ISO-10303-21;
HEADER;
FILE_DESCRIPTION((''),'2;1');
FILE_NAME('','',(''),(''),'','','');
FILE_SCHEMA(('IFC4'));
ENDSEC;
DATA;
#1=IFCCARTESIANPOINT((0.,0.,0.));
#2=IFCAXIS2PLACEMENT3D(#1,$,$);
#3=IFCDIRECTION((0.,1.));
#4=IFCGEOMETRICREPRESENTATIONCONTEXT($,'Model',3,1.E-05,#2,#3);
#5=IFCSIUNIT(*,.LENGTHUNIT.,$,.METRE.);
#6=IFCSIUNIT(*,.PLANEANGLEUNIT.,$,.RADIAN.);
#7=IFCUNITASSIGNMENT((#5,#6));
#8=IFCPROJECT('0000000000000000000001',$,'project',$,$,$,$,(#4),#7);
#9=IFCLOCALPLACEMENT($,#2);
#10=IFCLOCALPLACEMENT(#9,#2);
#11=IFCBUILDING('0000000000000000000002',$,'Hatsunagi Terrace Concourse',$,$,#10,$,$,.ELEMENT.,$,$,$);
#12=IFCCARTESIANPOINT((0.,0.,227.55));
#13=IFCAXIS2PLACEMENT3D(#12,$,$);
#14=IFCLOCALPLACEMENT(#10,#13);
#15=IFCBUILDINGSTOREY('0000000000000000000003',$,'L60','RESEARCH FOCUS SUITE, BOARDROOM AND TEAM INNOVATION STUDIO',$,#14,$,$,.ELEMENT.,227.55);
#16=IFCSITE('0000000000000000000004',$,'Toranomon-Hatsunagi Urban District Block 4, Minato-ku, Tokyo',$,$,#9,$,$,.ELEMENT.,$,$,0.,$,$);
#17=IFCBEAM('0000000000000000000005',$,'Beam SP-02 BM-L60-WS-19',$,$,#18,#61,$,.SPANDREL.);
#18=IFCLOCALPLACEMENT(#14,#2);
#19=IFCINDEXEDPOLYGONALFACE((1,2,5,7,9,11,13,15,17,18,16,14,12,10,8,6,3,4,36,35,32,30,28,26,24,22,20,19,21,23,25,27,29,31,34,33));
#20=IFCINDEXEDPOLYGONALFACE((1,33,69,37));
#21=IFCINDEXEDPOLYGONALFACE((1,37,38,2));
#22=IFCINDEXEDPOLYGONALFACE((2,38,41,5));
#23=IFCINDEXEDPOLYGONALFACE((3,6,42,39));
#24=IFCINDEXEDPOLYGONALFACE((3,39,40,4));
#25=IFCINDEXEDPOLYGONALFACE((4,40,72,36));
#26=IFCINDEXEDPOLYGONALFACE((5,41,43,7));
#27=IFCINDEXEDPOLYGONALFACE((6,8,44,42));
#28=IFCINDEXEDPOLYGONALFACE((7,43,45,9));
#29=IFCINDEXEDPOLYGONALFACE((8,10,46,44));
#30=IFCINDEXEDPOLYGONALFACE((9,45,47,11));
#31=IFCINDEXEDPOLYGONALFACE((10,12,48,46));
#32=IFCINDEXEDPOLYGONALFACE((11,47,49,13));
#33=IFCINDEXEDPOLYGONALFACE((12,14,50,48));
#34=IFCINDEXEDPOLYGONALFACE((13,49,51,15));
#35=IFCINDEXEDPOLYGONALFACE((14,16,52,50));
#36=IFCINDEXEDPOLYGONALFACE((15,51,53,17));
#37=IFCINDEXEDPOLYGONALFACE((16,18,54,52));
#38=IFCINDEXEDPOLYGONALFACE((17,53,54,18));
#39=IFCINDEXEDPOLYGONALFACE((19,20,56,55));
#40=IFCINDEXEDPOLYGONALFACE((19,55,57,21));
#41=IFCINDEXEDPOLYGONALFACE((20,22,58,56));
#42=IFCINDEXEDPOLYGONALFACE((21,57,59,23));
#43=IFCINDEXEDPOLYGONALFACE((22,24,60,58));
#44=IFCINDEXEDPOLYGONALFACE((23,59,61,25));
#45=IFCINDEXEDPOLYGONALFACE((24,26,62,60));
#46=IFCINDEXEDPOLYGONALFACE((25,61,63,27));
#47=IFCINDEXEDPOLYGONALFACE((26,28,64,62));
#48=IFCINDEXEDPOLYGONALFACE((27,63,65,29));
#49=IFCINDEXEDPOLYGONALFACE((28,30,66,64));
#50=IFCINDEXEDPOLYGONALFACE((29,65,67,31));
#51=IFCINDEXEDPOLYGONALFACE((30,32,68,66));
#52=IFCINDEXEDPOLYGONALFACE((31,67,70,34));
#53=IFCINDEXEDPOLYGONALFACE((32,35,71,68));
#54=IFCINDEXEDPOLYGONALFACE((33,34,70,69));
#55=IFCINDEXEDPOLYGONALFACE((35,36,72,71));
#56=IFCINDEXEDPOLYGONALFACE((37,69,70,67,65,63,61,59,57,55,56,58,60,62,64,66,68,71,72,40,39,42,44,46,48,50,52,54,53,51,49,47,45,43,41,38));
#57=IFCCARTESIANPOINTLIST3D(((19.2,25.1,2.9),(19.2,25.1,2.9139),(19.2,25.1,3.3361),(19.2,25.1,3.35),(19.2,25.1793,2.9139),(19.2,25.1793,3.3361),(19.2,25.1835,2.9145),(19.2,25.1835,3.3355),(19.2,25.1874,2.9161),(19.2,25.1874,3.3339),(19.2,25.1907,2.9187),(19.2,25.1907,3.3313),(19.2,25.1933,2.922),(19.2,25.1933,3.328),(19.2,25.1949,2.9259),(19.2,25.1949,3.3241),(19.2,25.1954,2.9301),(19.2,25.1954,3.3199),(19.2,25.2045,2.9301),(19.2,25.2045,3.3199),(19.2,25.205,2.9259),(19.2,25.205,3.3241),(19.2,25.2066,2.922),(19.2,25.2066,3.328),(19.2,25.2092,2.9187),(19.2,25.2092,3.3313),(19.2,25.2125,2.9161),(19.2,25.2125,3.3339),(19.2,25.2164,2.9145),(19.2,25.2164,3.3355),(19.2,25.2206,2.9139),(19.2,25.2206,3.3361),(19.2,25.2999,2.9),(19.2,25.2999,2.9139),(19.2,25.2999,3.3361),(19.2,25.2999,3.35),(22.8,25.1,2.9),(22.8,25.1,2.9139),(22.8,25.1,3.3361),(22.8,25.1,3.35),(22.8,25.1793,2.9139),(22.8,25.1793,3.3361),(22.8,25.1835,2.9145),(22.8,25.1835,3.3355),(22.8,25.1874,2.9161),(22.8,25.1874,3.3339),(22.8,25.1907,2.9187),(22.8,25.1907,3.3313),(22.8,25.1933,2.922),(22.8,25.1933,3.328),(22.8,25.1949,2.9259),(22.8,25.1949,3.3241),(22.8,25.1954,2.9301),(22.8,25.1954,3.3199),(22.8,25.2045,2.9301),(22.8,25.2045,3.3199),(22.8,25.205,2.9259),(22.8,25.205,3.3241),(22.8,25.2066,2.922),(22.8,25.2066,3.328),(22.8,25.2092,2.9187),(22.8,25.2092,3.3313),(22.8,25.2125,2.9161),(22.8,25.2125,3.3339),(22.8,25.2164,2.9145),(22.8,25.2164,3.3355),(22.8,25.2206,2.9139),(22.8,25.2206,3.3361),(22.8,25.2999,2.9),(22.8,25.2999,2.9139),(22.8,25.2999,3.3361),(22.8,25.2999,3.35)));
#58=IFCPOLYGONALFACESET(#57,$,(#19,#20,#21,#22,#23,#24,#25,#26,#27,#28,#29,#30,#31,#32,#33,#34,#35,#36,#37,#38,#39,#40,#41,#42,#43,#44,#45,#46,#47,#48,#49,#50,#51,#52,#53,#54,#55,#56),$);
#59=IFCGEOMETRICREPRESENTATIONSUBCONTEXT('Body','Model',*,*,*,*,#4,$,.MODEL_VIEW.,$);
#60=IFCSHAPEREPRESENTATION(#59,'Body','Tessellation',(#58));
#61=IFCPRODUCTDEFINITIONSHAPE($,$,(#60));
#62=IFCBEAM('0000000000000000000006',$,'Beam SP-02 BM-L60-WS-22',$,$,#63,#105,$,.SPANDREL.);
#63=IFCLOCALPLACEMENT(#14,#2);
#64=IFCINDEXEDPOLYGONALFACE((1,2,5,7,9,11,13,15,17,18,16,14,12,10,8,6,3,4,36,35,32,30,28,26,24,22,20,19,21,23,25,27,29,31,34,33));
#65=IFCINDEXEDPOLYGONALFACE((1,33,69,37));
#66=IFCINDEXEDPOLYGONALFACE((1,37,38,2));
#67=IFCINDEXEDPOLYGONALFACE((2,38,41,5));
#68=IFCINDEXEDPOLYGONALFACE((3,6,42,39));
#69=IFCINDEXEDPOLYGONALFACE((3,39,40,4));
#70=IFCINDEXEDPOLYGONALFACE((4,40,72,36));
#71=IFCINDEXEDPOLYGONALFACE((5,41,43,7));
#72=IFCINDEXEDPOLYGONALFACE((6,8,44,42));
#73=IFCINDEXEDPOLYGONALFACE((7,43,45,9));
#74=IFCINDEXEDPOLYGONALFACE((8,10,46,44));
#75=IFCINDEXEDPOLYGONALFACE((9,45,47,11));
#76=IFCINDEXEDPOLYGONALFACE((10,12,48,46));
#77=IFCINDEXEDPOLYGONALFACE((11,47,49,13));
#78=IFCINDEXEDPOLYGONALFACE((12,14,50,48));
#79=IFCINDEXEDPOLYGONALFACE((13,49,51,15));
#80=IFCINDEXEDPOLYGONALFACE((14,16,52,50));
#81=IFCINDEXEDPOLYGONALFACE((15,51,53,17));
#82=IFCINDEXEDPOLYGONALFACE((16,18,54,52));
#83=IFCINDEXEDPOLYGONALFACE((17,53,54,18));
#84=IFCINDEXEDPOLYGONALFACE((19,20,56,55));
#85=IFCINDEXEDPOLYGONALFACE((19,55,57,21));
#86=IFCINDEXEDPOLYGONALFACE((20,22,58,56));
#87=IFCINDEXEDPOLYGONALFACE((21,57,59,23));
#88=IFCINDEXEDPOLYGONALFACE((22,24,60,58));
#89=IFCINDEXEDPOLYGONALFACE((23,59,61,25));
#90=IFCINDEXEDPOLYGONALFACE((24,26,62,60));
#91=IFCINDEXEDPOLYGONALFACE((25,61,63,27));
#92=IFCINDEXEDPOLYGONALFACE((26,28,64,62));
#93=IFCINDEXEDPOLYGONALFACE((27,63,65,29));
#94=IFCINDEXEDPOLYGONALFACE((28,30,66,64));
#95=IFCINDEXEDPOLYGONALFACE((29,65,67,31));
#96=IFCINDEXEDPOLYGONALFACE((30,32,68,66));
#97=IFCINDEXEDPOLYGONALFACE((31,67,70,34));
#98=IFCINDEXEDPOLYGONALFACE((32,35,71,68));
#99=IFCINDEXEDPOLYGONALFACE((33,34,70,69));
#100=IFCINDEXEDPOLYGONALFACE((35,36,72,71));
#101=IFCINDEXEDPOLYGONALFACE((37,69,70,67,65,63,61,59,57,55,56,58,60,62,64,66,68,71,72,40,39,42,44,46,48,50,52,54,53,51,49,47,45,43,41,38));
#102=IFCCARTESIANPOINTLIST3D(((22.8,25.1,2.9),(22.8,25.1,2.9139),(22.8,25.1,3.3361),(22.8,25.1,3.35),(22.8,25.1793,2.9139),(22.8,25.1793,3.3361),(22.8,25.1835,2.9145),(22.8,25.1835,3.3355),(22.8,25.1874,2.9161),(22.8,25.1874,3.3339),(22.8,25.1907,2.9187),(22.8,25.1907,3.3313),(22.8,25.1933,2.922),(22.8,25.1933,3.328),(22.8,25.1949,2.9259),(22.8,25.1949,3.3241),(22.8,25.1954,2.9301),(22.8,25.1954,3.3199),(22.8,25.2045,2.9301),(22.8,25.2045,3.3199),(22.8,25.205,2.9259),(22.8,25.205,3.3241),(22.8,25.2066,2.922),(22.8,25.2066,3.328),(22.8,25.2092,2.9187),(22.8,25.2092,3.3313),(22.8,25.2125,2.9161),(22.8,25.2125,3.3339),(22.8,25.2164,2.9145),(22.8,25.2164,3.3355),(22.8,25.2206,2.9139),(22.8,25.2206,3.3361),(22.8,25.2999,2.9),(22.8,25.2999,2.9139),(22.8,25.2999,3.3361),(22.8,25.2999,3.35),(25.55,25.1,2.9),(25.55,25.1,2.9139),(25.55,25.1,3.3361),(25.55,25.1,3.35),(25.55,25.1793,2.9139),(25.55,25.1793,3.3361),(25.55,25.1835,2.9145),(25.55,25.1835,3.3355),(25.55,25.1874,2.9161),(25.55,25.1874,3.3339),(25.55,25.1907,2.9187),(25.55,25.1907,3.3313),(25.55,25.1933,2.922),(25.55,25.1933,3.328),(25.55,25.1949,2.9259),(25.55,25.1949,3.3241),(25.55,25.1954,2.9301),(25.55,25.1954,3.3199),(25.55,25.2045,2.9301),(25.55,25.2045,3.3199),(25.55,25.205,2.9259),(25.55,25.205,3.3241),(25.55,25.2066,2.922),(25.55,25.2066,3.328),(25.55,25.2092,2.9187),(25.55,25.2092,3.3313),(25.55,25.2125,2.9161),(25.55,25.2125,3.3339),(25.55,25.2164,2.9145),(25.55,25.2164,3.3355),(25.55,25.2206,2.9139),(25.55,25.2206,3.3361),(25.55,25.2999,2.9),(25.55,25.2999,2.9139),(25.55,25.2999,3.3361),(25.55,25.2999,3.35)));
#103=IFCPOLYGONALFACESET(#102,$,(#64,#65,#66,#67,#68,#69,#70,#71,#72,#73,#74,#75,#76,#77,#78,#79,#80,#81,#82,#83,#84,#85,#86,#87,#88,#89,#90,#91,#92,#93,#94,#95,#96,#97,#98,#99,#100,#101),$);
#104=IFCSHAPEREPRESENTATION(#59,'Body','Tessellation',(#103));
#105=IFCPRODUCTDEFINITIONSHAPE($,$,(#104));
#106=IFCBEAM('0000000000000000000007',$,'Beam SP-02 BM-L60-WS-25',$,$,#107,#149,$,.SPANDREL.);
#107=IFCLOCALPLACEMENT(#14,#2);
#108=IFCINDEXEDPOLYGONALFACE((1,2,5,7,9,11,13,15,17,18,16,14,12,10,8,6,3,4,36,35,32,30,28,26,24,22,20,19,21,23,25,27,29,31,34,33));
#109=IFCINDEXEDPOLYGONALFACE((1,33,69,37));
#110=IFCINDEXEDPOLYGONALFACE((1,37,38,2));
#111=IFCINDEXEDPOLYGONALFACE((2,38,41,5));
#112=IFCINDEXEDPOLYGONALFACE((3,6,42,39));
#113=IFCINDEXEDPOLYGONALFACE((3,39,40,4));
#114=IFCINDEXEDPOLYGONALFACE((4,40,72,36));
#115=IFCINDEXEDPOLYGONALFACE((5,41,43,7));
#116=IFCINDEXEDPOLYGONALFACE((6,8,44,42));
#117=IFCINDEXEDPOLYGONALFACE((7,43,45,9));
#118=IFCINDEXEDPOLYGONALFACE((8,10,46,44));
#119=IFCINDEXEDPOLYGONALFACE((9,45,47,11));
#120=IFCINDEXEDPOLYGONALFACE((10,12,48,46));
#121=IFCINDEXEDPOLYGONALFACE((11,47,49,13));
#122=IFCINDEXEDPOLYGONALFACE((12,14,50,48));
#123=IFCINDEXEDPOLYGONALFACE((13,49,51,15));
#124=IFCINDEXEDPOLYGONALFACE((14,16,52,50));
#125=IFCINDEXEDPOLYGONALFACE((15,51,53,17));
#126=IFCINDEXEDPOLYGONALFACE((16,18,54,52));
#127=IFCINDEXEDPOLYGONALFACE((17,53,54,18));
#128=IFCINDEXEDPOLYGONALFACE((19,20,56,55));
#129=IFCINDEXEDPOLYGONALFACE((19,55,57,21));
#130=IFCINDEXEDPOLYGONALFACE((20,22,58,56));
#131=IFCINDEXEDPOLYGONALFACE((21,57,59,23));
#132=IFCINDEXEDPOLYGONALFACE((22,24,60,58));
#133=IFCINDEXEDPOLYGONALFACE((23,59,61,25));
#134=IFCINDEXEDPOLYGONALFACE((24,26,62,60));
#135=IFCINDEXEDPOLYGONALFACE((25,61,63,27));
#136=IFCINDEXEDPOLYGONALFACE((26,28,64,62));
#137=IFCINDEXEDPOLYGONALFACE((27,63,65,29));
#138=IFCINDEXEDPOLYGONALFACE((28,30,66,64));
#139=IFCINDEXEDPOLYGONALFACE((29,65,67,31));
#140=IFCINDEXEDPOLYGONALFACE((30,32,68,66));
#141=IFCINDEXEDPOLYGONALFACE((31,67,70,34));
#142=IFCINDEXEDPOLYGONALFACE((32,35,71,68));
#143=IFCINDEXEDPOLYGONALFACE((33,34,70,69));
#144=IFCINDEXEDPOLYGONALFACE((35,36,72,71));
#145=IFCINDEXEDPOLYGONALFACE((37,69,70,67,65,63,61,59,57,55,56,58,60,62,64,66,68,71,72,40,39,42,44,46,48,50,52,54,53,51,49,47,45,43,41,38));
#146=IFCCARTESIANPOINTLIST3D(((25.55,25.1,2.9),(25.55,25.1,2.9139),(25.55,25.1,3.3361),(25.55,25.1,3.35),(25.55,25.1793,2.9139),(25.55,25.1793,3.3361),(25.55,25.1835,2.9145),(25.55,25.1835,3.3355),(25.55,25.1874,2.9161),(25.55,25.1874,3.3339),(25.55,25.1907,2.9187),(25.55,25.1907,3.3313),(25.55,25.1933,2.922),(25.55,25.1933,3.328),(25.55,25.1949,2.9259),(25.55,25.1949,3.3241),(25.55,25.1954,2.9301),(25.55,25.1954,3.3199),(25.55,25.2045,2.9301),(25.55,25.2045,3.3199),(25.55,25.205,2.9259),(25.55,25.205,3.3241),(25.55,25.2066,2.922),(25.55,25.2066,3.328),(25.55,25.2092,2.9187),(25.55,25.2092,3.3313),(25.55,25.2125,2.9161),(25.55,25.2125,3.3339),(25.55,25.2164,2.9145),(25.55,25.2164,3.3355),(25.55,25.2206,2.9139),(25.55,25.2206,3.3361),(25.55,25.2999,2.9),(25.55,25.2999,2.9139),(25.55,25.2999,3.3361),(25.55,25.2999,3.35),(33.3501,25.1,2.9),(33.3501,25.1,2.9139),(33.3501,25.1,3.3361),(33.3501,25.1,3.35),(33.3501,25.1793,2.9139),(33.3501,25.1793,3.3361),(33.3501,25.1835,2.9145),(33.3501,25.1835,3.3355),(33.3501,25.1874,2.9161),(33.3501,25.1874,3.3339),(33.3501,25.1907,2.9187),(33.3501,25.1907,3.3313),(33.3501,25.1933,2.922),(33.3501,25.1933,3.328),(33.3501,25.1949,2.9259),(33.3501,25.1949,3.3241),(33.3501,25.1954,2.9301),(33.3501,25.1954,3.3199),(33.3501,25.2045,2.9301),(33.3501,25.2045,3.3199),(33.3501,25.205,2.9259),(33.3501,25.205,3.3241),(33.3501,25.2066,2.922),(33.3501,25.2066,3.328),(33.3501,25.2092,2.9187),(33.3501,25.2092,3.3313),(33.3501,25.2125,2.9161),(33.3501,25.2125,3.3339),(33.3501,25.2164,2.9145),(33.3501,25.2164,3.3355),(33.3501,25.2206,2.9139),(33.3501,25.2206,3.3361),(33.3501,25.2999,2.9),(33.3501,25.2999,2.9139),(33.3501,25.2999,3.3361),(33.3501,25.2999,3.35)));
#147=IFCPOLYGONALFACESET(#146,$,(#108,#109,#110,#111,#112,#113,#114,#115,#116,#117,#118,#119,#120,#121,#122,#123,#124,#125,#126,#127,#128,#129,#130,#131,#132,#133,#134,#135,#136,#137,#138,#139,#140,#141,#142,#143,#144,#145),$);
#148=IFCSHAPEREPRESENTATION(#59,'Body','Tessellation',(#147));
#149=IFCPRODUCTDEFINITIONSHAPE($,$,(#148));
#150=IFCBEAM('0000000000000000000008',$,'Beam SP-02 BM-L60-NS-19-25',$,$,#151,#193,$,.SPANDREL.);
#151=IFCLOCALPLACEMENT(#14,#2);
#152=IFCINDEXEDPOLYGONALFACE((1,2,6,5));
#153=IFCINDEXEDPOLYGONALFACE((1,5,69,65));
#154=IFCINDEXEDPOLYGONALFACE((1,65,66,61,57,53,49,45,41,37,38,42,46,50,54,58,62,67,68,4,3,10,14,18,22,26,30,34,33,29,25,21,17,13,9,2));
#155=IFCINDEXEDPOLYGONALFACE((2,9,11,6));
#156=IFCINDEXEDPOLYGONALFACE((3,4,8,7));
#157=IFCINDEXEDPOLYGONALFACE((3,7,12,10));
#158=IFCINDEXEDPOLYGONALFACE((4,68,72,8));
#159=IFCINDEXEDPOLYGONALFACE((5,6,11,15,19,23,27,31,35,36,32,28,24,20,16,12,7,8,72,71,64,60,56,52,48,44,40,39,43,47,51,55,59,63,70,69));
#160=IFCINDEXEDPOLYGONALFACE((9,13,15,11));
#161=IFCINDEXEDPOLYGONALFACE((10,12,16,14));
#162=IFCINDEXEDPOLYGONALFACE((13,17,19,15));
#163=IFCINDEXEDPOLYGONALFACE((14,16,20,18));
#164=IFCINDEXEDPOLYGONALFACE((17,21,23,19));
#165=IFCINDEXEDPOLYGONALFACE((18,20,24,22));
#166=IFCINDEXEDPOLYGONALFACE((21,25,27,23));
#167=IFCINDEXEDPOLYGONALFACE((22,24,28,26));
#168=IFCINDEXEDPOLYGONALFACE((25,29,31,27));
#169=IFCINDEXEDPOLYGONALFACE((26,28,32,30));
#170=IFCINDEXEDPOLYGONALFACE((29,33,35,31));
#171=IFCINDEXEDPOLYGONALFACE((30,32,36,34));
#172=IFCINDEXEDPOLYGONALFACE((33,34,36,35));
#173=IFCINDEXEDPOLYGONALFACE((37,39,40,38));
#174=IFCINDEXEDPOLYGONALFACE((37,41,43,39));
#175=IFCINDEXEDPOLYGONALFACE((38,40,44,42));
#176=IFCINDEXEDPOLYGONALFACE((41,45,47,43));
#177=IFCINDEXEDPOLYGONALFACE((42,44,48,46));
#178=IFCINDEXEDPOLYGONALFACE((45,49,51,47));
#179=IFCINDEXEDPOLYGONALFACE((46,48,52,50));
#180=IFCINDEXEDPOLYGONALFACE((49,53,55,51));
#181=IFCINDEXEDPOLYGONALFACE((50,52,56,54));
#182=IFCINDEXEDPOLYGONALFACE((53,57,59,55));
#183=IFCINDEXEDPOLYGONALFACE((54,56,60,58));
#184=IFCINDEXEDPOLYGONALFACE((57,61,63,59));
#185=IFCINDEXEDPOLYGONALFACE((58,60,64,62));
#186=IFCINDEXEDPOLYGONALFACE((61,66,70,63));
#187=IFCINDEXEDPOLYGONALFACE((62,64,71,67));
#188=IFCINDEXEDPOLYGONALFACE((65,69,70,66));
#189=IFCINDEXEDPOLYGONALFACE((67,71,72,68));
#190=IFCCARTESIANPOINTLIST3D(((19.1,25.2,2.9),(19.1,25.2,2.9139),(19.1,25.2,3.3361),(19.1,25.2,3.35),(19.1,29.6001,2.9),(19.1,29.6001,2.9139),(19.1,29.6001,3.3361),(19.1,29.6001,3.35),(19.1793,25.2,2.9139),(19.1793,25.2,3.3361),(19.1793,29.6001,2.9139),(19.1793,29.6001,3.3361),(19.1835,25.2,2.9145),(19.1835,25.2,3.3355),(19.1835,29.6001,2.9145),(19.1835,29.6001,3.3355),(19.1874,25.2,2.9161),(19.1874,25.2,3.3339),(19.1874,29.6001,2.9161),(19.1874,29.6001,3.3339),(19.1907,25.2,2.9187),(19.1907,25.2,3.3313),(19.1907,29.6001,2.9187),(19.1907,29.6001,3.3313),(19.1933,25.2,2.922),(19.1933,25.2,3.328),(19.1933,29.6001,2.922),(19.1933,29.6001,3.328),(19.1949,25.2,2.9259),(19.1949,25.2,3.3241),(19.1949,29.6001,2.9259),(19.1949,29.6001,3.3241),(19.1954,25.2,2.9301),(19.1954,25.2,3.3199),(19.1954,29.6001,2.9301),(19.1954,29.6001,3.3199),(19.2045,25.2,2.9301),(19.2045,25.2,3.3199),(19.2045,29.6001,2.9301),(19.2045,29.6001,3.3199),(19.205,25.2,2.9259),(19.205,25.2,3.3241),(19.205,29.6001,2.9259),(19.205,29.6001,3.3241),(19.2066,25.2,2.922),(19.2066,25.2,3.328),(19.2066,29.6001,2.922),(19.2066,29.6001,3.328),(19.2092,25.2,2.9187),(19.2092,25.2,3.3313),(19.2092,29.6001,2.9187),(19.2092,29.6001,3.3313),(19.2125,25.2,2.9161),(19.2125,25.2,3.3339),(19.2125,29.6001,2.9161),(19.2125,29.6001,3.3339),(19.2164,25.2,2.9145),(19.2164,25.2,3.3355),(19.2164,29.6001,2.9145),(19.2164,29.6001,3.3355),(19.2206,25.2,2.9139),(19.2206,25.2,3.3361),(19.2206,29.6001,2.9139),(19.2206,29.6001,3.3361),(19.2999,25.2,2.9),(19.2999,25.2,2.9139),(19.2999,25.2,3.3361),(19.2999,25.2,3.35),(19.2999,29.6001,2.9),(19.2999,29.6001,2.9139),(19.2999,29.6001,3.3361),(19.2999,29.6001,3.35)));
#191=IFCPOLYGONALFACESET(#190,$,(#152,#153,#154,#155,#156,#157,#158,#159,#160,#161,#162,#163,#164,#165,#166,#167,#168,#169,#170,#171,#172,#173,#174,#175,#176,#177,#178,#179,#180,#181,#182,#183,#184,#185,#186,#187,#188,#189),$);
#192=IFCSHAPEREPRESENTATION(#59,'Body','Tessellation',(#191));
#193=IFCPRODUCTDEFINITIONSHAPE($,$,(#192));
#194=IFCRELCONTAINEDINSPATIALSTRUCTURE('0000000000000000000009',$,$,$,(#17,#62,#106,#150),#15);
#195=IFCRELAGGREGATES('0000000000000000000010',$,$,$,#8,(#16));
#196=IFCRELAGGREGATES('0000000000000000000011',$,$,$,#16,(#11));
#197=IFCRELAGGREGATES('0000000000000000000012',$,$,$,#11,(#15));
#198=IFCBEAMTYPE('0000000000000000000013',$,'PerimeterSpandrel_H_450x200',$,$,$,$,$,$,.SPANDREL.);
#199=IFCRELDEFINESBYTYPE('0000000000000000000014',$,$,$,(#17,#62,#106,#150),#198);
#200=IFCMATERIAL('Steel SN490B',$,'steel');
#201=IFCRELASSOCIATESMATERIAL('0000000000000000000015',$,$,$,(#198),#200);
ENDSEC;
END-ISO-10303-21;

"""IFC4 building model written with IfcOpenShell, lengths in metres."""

from ifc_helpers import new_model, si_unit, direction, frame, origin, origin_2d, place, context, subcontext, project, spatial, i_section, extrude, material, material_profile, profile_set, type_object, element, save


model = new_model("IFC4")

# Units and contexts
model_context = context("Model", 3, precision=1e-05, world=origin(), true_north=direction((0.0, 1.0)))
body_context = subcontext(model_context, "Body", "Model", "MODEL_VIEW")
ifc_project = project(units=[si_unit("LENGTHUNIT", "METRE"), si_unit("PLANEANGLEUNIT", "RADIAN")], contexts=[model_context])

# Site, building, storey
site_placement = place(None, origin())
site = spatial("IfcSite", under=ifc_project, at=site_placement, Name="Toranomon-Hatsunagi Urban District Block 4, Minato-ku, Tokyo", CompositionType="ELEMENT", RefElevation=0.0)
building_placement = place(site_placement, origin())
building = spatial("IfcBuilding", under=site, at=building_placement, Name="Hatsunagi Terrace Concourse", CompositionType="ELEMENT")
storey_placement = place(building_placement, frame((0.0, 0.0, 227.55)))
storey = spatial("IfcBuildingStorey", under=building, at=storey_placement, Name="L60", Description="RESEARCH FOCUS SUITE, BOARDROOM AND TEAM INNOVATION STUDIO", CompositionType="ELEMENT", Elevation=227.55)

# Beams
ifc_material_1 = material(Name="Steel SN490B", Category="steel")
ifc_material_profile_1 = material_profile(ifc_material_1, i_section(OverallWidth=0.2, OverallDepth=0.45, WebThickness=0.009, FlangeThickness=0.0139, FilletRadius=0.0161, at=origin_2d()), Name="H-450x200x9x14")
ifc_profile_set_1 = profile_set([ifc_material_profile_1], Name="Steel SN490B")
beam_type_1 = type_object("IfcBeamType", Name="PerimeterSpandrel_H_450x200", PredefinedType="SPANDREL", material=ifc_profile_set_1)
beam_1_placement = place(storey_placement, frame((19.2, 25.2, 3.125), z_axis=(1.0, 0.0, 0.0), x_axis=(0.0, 1.0, 0.0)))
element("IfcBeam", 1, at=beam_1_placement, inside=storey, type_object=beam_type_1, Name="Beam SP-02 BM-L60-WS-19", PredefinedType="SPANDREL", context=body_context, shape_type="SweptSolid", body=[
    extrude(i_section(OverallWidth=0.2, OverallDepth=0.45, WebThickness=0.009, FlangeThickness=0.0139, FilletRadius=0.0161, at=origin_2d()), origin(), (0.0, 0.0, 1.0), 3.6001),
])
beam_2_placement = place(storey_placement, frame((22.8, 25.2, 3.125), z_axis=(1.0, 0.0, 0.0), x_axis=(0.0, 1.0, 0.0)))
element("IfcBeam", 2, at=beam_2_placement, inside=storey, type_object=beam_type_1, Name="Beam SP-02 BM-L60-WS-22", PredefinedType="SPANDREL", context=body_context, shape_type="SweptSolid", body=[
    extrude(i_section(OverallWidth=0.2, OverallDepth=0.45, WebThickness=0.009, FlangeThickness=0.0139, FilletRadius=0.0161, at=origin_2d()), origin(), (0.0, 0.0, 1.0), 2.75),
])
beam_3_placement = place(storey_placement, frame((25.55, 25.2, 3.125), z_axis=(1.0, 0.0, 0.0), x_axis=(0.0, 1.0, 0.0)))
element("IfcBeam", 3, at=beam_3_placement, inside=storey, type_object=beam_type_1, Name="Beam SP-02 BM-L60-WS-25", PredefinedType="SPANDREL", context=body_context, shape_type="SweptSolid", body=[
    extrude(i_section(OverallWidth=0.2, OverallDepth=0.45, WebThickness=0.009, FlangeThickness=0.0139, FilletRadius=0.0161, at=origin_2d()), origin(), (0.0, 0.0, 1.0), 7.8),
])
beam_4_placement = place(storey_placement, frame((19.2, 25.2, 3.125), z_axis=(0.0, 1.0, 0.0), x_axis=(-1.0, 0.0, 0.0)))
element("IfcBeam", 4, at=beam_4_placement, inside=storey, type_object=beam_type_1, Name="Beam SP-02 BM-L60-NS-19-25", PredefinedType="SPANDREL", context=body_context, shape_type="SweptSolid", body=[
    extrude(i_section(OverallWidth=0.2, OverallDepth=0.45, WebThickness=0.009, FlangeThickness=0.0139, FilletRadius=0.0161, at=origin_2d()), origin(), (0.0, 0.0, 1.0), 4.4001),
])

save(model, "model.ifc")
